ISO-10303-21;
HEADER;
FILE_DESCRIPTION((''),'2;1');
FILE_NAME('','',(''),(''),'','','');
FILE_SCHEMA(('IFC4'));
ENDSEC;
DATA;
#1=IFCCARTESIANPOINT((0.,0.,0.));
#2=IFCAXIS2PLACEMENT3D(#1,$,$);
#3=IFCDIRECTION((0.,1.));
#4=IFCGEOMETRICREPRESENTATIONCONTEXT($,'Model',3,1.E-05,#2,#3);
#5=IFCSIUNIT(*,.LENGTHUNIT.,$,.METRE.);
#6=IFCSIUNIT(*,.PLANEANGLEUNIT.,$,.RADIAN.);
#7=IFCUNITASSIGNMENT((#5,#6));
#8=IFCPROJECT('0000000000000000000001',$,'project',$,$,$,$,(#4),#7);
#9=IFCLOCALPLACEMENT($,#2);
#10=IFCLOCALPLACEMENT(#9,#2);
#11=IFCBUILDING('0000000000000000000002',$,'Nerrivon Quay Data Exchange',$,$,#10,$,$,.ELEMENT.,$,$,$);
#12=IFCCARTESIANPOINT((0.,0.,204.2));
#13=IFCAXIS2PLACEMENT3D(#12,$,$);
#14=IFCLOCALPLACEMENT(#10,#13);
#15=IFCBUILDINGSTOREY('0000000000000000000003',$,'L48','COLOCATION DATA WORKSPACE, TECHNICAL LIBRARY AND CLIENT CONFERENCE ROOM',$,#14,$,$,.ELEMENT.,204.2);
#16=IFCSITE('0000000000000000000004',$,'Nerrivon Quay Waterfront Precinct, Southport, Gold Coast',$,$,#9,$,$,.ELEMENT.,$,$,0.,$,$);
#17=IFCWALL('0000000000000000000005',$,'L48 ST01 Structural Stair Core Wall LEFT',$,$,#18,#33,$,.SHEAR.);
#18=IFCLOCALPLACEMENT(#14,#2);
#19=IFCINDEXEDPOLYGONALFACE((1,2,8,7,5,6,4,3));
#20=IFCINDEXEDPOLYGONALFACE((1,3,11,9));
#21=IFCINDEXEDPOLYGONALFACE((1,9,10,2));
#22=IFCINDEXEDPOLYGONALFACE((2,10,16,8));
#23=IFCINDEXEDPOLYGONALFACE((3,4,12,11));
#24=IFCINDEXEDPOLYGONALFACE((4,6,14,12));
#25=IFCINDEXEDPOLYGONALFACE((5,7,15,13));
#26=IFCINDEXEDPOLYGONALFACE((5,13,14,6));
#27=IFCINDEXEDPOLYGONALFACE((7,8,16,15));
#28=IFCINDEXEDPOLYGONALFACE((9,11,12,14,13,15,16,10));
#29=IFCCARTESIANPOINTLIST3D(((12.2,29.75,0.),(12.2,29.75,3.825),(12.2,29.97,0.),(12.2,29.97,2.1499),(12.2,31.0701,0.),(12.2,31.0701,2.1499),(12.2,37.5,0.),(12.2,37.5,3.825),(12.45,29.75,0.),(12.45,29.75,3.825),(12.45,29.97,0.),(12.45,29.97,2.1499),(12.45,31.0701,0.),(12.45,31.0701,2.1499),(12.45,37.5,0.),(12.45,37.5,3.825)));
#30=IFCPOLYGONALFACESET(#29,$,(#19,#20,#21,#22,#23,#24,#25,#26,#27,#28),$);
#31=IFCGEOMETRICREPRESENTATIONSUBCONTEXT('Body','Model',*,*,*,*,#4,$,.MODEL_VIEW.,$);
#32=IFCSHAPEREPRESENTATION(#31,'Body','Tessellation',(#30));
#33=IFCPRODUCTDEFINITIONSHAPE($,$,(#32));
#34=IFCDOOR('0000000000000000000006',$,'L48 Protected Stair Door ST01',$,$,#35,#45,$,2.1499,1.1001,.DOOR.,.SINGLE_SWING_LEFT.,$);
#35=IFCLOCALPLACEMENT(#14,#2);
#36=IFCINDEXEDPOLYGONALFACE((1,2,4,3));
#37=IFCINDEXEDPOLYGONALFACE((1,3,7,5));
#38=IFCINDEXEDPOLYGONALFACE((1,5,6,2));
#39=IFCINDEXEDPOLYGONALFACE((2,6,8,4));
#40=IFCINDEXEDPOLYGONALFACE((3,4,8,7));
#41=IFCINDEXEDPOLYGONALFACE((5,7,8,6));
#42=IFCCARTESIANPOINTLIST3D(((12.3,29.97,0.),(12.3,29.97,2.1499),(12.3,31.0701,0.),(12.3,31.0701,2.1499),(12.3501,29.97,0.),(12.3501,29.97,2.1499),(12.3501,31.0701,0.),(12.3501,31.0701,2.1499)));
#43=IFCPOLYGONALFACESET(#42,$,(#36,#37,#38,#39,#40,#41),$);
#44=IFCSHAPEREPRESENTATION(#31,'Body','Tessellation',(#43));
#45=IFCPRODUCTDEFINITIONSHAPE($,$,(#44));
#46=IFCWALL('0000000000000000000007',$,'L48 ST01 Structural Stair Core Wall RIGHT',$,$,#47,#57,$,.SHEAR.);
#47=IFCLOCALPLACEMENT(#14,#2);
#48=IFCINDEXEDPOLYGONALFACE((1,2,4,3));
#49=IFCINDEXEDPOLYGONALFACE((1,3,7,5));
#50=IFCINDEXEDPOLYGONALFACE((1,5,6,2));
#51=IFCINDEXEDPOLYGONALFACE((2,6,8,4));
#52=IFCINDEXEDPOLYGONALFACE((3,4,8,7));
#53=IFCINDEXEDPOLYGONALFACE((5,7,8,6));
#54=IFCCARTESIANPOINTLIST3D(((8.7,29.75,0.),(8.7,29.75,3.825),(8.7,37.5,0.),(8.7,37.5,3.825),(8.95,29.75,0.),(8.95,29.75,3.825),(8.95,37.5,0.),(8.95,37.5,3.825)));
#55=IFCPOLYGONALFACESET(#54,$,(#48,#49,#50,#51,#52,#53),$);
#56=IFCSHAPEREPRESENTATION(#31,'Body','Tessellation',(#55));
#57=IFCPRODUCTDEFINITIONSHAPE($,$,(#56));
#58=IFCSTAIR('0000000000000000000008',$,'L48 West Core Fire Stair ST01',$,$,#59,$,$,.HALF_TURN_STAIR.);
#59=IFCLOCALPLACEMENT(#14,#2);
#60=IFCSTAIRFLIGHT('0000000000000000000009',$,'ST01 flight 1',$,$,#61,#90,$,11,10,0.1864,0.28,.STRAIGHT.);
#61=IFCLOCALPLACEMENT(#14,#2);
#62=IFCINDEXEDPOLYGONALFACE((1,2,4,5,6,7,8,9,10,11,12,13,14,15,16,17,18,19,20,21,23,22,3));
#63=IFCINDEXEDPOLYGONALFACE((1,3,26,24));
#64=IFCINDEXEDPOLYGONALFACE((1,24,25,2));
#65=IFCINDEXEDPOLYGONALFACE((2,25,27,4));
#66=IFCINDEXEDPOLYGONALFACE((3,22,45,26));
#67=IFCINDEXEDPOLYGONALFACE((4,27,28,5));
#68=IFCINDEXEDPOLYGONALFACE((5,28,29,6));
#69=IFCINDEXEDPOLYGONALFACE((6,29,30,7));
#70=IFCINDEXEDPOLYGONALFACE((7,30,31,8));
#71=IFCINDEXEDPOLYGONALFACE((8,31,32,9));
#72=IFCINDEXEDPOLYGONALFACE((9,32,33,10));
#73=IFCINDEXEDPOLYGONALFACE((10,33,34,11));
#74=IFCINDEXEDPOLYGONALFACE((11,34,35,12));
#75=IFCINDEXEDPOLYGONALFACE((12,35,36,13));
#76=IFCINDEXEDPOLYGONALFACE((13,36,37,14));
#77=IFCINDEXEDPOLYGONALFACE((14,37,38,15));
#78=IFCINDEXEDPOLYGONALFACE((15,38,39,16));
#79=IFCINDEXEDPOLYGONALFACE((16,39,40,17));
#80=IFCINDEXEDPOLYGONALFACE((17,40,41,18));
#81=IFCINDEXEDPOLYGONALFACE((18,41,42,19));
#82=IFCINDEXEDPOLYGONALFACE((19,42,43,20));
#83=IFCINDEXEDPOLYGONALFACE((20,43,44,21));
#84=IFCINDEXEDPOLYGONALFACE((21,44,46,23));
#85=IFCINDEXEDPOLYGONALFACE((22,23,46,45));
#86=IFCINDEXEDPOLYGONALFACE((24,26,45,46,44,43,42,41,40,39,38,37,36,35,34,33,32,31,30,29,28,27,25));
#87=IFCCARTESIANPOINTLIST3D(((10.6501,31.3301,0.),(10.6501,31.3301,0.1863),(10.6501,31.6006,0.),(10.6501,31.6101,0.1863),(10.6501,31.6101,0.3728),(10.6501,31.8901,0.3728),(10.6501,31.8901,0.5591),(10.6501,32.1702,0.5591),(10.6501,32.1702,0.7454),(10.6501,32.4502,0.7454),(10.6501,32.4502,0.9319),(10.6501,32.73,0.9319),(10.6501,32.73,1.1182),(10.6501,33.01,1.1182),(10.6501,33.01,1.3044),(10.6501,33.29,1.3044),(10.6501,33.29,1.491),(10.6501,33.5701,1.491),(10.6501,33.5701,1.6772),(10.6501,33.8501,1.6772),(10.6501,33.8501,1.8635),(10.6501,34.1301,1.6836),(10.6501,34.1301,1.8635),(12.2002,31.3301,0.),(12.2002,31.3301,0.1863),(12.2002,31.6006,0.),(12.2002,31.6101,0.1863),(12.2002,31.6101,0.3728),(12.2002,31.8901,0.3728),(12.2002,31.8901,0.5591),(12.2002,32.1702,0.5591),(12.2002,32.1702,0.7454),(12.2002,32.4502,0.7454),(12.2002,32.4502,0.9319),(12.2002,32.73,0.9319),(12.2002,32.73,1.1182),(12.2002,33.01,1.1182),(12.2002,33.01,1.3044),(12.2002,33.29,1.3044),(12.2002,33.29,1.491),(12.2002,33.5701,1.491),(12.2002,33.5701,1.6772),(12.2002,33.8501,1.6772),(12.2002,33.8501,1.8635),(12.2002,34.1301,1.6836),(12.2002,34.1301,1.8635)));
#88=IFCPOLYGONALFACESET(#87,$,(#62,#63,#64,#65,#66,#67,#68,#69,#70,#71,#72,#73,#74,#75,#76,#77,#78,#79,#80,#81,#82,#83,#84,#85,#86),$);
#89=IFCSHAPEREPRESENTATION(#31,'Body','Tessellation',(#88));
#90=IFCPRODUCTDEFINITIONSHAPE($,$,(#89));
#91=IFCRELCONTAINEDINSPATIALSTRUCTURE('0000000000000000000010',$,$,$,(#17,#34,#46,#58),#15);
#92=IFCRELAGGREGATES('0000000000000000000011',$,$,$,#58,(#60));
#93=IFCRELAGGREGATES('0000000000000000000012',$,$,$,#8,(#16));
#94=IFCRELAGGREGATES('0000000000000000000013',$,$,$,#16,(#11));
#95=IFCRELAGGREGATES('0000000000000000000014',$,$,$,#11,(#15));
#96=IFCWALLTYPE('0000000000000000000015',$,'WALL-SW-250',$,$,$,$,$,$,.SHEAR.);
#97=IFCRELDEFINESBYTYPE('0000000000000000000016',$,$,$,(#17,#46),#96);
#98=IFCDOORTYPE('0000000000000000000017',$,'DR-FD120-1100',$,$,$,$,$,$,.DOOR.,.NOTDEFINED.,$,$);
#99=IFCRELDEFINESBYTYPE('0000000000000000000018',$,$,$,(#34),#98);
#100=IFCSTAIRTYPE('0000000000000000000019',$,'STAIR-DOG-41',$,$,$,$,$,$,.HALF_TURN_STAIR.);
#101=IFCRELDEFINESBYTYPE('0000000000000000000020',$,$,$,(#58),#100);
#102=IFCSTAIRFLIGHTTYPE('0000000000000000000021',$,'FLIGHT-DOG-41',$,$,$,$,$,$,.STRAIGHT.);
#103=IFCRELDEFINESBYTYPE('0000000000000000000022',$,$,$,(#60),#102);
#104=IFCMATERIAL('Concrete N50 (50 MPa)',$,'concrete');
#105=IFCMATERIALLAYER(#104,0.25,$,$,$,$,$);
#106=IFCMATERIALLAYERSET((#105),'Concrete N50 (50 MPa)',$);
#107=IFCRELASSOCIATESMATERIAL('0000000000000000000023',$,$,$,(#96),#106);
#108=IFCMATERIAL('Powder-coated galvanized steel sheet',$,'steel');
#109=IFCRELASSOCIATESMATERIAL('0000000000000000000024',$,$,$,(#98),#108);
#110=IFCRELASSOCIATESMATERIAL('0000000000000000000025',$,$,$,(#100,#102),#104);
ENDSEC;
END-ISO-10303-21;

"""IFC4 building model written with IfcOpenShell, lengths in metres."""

from ifc_helpers import new_model, si_unit, direction, frame, frame_2d, origin, place, context, subcontext, project, spatial, polyline, rectangle, outline, extrude, material, layer, layer_set, type_object, element, fill, aggregate, save


model = new_model("IFC4")

# Units and contexts
model_context = context("Model", 3, precision=1e-05, world=origin(), true_north=direction((0.0, 1.0)))
body_context = subcontext(model_context, "Body", "Model", "MODEL_VIEW")
ifc_project = project(units=[si_unit("LENGTHUNIT", "METRE"), si_unit("PLANEANGLEUNIT", "RADIAN")], contexts=[model_context])

# Site, building, storey
site_placement = place(None, origin())
site = spatial("IfcSite", under=ifc_project, at=site_placement, Name="Nerrivon Quay Waterfront Precinct, Southport, Gold Coast", CompositionType="ELEMENT", RefElevation=0.0)
building_placement = place(site_placement, origin())
building = spatial("IfcBuilding", under=site, at=building_placement, Name="Nerrivon Quay Data Exchange", CompositionType="ELEMENT")
storey_placement = place(building_placement, frame((0.0, 0.0, 204.2)))
storey = spatial("IfcBuildingStorey", under=building, at=storey_placement, Name="L48", Description="COLOCATION DATA WORKSPACE, TECHNICAL LIBRARY AND CLIENT CONFERENCE ROOM", CompositionType="ELEMENT", Elevation=204.2)

# Shared definitions
ifc_material_1 = material(Name="Powder-coated galvanized steel sheet", Category="steel")

# Shared definitions
ifc_material_2 = material(Name="Concrete N50 (50 MPa)", Category="concrete")
ifc_layer_1 = layer(ifc_material_2, 0.25)
ifc_layer_set_1 = layer_set([ifc_layer_1], Name="Concrete N50 (50 MPa)")
wall_type_1 = type_object("IfcWallType", Name="WALL-SW-250", PredefinedType="SHEAR", material=ifc_layer_set_1)

# Wall, opening, door
wall_1_placement = place(storey_placement, frame((12.325, 29.75, 0.0), z_axis=(0.0, 0.0, 1.0), x_axis=(0.0, 1.0, 0.0)))
wall_1 = element("IfcWall", 1, at=wall_1_placement, inside=storey, type_object=wall_type_1, Name="L48 ST01 Structural Stair Core Wall LEFT", PredefinedType="SHEAR", context=body_context, shape_type="SweptSolid", body=[
    extrude(rectangle(XDim=7.75, YDim=0.25, at=frame_2d((3.875, 0.0))), origin(), (0.0, 0.0, 1.0), 3.825),
])
opening_1_placement = place(wall_1_placement, frame((0.22, 0.0, 0.0)))
opening_1 = element("IfcOpeningElement", 2, at=opening_1_placement, cuts=wall_1, PredefinedType="OPENING", context=body_context, shape_type="SweptSolid", body=[
    extrude(rectangle(XDim=1.1001, YDim=2.1499, at=frame_2d((0.55, 1.075))), frame((0.0, 0.135, 0.0), z_axis=(0.0, -1.0, 0.0), x_axis=(1.0, 0.0, 0.0)), (0.0, 0.0, 1.0), 0.27),
])
door_type_1 = type_object("IfcDoorType", Name="DR-FD120-1100", OperationType="NOTDEFINED", PredefinedType="DOOR", material=ifc_material_1)
door_1_placement = place(opening_1_placement, origin())
door_1 = element("IfcDoor", 3, at=door_1_placement, inside=storey, type_object=door_type_1, Name="L48 Protected Stair Door ST01", OperationType="SINGLE_SWING_LEFT", OverallHeight=2.1499, OverallWidth=1.1001, PredefinedType="DOOR", context=body_context, shape_type="SweptSolid", body=[
    extrude(rectangle(XDim=1.1001, YDim=2.1499, at=frame_2d((0.55, 1.075))), frame((0.0, 0.0249, 0.0), z_axis=(0.0, -1.0, 0.0), x_axis=(1.0, 0.0, 0.0)), (0.0, 0.0, 1.0), 0.05),
])
fill(opening_1, door_1)

# Wall
wall_2_placement = place(storey_placement, frame((8.825, 29.75, 0.0), z_axis=(0.0, 0.0, 1.0), x_axis=(0.0, 1.0, 0.0)))
element("IfcWall", 4, at=wall_2_placement, inside=storey, type_object=wall_type_1, Name="L48 ST01 Structural Stair Core Wall RIGHT", PredefinedType="SHEAR", context=body_context, shape_type="SweptSolid", body=[
    extrude(rectangle(XDim=7.75, YDim=0.25, at=frame_2d((3.875, 0.0))), origin(), (0.0, 0.0, 1.0), 3.825),
])

# Stair, stair flight
stair_type = type_object("IfcStairType", Name="STAIR-DOG-41", PredefinedType="HALF_TURN_STAIR", material=ifc_material_2)
stair_placement = place(storey_placement, origin())
stair = element("IfcStair", 5, at=stair_placement, inside=storey, type_object=stair_type, Name="L48 West Core Fire Stair ST01", PredefinedType="HALF_TURN_STAIR")
stair_flight_type = type_object("IfcStairFlightType", Name="FLIGHT-DOG-41", PredefinedType="STRAIGHT", material=ifc_material_2)
stair_flight_placement = place(storey_placement, frame((11.425, 31.3301, 0.0), z_axis=(0.0, 0.0, 1.0), x_axis=(0.0, 1.0, 0.0)))
stair_flight = element("IfcStairFlight", 6, at=stair_flight_placement, type_object=stair_flight_type, Name="ST01 flight 1", NumberOfRisers=11, NumberOfTreads=10, PredefinedType="STRAIGHT", RiserHeight=0.1864, TreadLength=0.28, context=body_context, shape_type="SweptSolid", body=[
    extrude(outline(polyline([(0.0, 0.0), (0.0, 0.1863), (0.28, 0.1863), (0.28, 0.3728), (0.5601, 0.3728), (0.5601, 0.5591), (0.8401, 0.5591), (0.8401, 0.7454), (1.1201, 0.7454), (1.1201, 0.9319), (1.3999, 0.9319), (1.3999, 1.1182), (1.6799, 1.1182), (1.6799, 1.3044), (1.96, 1.3044), (1.96, 1.491), (2.24, 1.491), (2.24, 1.6772), (2.52, 1.6772), (2.52, 1.8635), (2.8, 1.8635), (2.8, 2.05), (2.8, 1.6836), (0.2705, 0.0), (0.0, 0.0)])), frame((0.0, 0.7749, 0.0), z_axis=(0.0, -1.0, 0.0), x_axis=(1.0, 0.0, 0.0)), (0.0, 0.0, 1.0), 1.55),
])
aggregate(stair, [stair_flight])

save(model, "model.ifc")
